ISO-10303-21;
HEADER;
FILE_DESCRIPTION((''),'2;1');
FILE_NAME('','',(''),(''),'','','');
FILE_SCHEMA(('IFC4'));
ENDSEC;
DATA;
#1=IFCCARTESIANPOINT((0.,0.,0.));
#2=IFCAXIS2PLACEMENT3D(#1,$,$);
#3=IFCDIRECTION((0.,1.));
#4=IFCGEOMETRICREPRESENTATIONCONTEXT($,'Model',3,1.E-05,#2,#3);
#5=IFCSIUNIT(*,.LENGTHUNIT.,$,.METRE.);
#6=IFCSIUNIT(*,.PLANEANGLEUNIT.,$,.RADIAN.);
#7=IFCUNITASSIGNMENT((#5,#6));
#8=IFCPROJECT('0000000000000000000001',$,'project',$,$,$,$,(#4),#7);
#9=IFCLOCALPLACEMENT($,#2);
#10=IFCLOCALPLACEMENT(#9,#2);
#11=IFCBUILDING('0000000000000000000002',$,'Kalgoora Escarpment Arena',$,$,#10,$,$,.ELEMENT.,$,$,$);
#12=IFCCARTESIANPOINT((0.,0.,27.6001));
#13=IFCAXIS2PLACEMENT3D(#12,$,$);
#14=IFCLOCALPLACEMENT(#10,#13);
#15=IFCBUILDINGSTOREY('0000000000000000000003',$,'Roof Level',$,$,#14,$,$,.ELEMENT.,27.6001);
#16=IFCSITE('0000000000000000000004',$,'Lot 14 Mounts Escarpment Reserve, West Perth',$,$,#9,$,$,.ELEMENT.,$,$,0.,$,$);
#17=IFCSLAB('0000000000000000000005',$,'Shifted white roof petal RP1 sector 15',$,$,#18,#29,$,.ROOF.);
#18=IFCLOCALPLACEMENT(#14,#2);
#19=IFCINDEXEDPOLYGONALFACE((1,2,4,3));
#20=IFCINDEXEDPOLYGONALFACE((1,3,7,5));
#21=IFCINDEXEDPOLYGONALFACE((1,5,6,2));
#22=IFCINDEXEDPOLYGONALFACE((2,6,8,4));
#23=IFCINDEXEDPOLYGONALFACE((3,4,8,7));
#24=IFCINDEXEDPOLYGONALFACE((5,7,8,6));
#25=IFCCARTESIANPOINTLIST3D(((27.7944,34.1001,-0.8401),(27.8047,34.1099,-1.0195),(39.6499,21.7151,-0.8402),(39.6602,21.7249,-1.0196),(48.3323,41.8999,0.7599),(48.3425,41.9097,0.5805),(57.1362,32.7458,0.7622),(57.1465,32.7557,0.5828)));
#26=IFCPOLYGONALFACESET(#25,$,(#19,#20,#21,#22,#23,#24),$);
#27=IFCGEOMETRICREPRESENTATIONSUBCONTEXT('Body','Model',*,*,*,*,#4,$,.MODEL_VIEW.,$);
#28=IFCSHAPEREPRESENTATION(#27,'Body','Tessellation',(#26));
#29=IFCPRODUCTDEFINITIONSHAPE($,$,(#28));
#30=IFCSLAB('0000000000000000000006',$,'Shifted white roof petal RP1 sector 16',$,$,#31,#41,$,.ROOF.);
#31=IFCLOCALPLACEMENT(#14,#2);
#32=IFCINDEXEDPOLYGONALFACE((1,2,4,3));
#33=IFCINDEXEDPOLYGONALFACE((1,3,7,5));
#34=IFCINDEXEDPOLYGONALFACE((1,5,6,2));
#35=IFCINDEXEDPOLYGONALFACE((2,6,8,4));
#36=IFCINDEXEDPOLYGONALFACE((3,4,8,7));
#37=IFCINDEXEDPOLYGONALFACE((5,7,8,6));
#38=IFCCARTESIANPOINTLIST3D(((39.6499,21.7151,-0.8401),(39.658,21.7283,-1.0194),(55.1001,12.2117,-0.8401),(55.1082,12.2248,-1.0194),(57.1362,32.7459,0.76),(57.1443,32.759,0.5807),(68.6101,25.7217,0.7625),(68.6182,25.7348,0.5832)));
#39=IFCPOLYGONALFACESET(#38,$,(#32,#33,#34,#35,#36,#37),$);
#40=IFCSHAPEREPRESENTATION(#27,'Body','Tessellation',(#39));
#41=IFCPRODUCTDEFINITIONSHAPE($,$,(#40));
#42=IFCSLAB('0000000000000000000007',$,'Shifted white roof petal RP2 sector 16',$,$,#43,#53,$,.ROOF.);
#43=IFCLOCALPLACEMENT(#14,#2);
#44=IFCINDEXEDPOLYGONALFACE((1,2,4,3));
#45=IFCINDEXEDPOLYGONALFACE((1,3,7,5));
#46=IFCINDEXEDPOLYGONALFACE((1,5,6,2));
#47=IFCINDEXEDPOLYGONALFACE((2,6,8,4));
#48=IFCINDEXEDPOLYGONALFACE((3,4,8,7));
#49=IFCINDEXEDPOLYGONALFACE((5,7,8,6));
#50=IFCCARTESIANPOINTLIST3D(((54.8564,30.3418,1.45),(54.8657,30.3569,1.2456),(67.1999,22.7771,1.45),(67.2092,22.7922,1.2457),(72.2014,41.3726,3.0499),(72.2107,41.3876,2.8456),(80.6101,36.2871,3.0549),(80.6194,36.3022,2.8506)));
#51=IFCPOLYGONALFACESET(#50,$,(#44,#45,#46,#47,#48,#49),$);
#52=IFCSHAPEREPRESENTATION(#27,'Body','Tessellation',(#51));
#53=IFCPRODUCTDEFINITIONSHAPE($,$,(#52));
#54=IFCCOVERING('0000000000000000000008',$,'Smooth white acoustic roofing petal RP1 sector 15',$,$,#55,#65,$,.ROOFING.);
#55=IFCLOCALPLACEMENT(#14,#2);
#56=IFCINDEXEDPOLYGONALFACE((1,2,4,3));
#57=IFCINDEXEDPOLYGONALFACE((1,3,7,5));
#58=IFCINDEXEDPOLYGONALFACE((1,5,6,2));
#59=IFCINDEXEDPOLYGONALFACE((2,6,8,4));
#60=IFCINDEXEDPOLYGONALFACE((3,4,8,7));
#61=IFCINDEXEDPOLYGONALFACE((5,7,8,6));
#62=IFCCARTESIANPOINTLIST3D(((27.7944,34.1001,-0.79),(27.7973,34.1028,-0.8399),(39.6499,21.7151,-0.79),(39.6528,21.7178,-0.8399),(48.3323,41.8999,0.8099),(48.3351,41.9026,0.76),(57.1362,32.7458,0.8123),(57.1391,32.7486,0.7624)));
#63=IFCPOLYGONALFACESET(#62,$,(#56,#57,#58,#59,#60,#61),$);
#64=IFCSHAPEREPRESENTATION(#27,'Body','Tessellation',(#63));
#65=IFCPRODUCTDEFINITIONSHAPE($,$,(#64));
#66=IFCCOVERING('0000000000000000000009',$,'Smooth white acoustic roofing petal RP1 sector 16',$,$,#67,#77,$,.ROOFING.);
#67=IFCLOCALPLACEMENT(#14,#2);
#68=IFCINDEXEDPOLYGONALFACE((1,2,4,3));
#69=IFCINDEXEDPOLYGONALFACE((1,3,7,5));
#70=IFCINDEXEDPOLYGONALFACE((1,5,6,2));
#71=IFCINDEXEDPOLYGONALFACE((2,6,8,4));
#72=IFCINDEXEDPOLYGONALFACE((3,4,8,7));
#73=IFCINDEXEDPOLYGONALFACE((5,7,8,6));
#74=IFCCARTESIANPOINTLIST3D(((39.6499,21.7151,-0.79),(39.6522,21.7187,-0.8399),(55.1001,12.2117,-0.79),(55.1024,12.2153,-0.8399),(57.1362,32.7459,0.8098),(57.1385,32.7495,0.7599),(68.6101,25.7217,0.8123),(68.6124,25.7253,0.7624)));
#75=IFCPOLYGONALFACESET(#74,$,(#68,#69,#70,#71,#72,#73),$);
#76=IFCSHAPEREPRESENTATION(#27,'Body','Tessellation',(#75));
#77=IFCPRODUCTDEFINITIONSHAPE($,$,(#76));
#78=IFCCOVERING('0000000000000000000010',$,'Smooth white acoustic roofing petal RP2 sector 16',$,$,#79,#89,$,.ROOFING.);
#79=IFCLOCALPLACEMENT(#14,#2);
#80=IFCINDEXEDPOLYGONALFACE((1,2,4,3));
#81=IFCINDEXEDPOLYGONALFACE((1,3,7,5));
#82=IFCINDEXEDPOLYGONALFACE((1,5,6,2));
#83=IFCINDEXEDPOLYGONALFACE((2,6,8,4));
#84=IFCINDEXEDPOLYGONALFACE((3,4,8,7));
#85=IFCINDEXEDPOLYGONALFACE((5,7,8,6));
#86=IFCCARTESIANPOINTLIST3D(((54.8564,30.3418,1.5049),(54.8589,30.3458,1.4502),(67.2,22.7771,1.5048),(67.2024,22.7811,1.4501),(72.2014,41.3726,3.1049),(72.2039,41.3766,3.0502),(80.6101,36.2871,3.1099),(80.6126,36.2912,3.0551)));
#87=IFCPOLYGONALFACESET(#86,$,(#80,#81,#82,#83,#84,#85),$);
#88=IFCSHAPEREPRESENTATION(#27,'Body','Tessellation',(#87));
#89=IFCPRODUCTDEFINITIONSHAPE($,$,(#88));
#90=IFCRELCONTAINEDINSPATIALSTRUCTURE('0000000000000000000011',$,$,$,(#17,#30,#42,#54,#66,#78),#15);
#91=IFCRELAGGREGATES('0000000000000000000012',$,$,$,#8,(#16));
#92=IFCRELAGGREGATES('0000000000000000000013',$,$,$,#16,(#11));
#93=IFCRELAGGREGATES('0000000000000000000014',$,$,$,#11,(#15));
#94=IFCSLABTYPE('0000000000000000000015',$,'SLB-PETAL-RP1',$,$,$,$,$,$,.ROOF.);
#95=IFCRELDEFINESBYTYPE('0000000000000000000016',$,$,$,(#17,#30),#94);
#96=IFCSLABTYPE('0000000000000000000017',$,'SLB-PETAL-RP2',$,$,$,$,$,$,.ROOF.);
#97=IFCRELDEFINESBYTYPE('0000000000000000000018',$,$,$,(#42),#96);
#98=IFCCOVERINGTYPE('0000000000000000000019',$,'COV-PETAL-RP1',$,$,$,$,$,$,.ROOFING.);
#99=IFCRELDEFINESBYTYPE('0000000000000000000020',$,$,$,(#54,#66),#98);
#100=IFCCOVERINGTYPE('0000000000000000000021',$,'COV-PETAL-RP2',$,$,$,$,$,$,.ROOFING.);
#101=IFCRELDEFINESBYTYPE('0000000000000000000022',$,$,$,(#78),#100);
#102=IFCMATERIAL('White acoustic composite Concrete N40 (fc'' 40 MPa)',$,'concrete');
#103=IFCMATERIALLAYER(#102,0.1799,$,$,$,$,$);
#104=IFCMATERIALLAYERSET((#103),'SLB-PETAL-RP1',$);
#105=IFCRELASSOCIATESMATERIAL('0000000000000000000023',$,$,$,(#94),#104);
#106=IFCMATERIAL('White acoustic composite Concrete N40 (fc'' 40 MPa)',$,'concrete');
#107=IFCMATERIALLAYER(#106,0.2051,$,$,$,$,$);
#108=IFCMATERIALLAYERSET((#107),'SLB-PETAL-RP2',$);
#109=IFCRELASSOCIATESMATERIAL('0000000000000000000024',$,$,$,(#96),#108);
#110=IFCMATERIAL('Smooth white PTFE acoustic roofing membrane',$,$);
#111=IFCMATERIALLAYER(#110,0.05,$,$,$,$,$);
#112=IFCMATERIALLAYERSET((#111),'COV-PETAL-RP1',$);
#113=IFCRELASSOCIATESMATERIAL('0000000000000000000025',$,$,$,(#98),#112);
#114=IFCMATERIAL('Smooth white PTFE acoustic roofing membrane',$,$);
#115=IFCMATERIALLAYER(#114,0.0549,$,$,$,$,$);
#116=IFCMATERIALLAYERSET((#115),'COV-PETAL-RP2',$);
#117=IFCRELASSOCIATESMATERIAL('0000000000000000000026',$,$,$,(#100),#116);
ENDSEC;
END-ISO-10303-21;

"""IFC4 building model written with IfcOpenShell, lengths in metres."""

from ifc_helpers import new_model, si_unit, direction, frame, origin, place, context, subcontext, project, spatial, polyline, outline, extrude, material, layer, layer_set, type_object, element, save


model = new_model("IFC4")

# Units and contexts
model_context = context("Model", 3, precision=1e-05, world=origin(), true_north=direction((0.0, 1.0)))
body_context = subcontext(model_context, "Body", "Model", "MODEL_VIEW")
ifc_project = project(units=[si_unit("LENGTHUNIT", "METRE"), si_unit("PLANEANGLEUNIT", "RADIAN")], contexts=[model_context])

# Site, building, storey
site_placement = place(None, origin())
site = spatial("IfcSite", under=ifc_project, at=site_placement, Name="Lot 14 Mounts Escarpment Reserve, West Perth", CompositionType="ELEMENT", RefElevation=0.0)
building_placement = place(site_placement, origin())
building = spatial("IfcBuilding", under=site, at=building_placement, Name="Kalgoora Escarpment Arena", CompositionType="ELEMENT")
storey_placement = place(building_placement, frame((0.0, 0.0, 27.6001)))
storey = spatial("IfcBuildingStorey", under=building, at=storey_placement, Name="Roof Level", CompositionType="ELEMENT", Elevation=27.6001)

# Slabs
ifc_material_1 = material(Name="White acoustic composite Concrete N40 (fc' 40 MPa)", Category="concrete")
ifc_layer_1 = layer(ifc_material_1, 0.1799)
ifc_layer_set_1 = layer_set([ifc_layer_1], Name="SLB-PETAL-RP1")
slab_type_1 = type_object("IfcSlabType", Name="SLB-PETAL-RP1", PredefinedType="ROOF", material=ifc_layer_set_1)
slab_1_placement = place(storey_placement, frame((27.7944, 34.1001, -0.8401), z_axis=(-0.056955, -0.054527, 0.996887), x_axis=(0.691495, -0.722381, -0.000005)))
element("IfcSlab", 1, at=slab_1_placement, inside=storey, type_object=slab_type_1, Name="Shifted white roof petal RP1 sector 15", PredefinedType="ROOF", context=body_context, shape_type="SweptSolid", body=[
    extrude(outline(polyline([(0.0, 0.0), (17.1447, 0.0), (21.268, 20.3228), (8.5674, 20.2929), (0.0, 0.0)])), origin(), (0.0, 0.0, -1.0), 0.1799),
])
slab_2_placement = place(storey_placement, frame((39.6499, 21.7151, -0.8401), z_axis=(-0.045008, -0.073173, 0.996303), x_axis=(0.851766, -0.523922, 0.0)))
element("IfcSlab", 2, at=slab_2_placement, inside=storey, type_object=slab_type_1, Name="Shifted white roof petal RP1 sector 16", PredefinedType="ROOF", context=body_context, shape_type="SweptSolid", body=[
    extrude(outline(polyline([(0.0, 0.0), (18.139, 0.0), (22.5682, 18.6545), (9.115, 18.626), (0.0, 0.0)])), origin(), (0.0, 0.0, -1.0), 0.1799),
])
ifc_material_2 = material(Name="White acoustic composite Concrete N40 (fc' 40 MPa)", Category="concrete")
ifc_layer_2 = layer(ifc_material_2, 0.2051)
ifc_layer_set_2 = layer_set([ifc_layer_2], Name="SLB-PETAL-RP2")
slab_type_2 = type_object("IfcSlabType", Name="SLB-PETAL-RP2", PredefinedType="ROOF", material=ifc_layer_set_2)
slab_3_placement = place(storey_placement, frame((54.8564, 30.3418, 1.45), z_axis=(-0.045101, -0.073583, 0.996269), x_axis=(0.852622, -0.522528, 0.000005)))
element("IfcSlab", 3, at=slab_3_placement, inside=storey, type_object=slab_type_2, Name="Shifted white roof petal RP2 sector 16", PredefinedType="ROOF", context=body_context, shape_type="SweptSolid", body=[
    extrude(outline(polyline([(0.0, 0.0), (14.4771, 0.0), (18.8515, 18.5955), (9.0248, 18.5375), (0.0, 0.0)])), origin(), (0.0, 0.0, -1.0), 0.2051),
])

# Coverings
ifc_material_3 = material(Name="Smooth white PTFE acoustic roofing membrane")
ifc_layer_3 = layer(ifc_material_3, 0.05)
ifc_layer_set_3 = layer_set([ifc_layer_3], Name="COV-PETAL-RP1")
covering_type_1 = type_object("IfcCoveringType", Name="COV-PETAL-RP1", PredefinedType="ROOFING", material=ifc_layer_set_3)
covering_1_placement = place(storey_placement, frame((27.7944, 34.1001, -0.79), z_axis=(-0.056954, -0.054515, 0.996887), x_axis=(0.691495, -0.722382, 0.000003)))
element("IfcCovering", 4, at=covering_1_placement, inside=storey, type_object=covering_type_1, Name="Smooth white acoustic roofing petal RP1 sector 15", PredefinedType="ROOFING", context=body_context, shape_type="SweptSolid", body=[
    extrude(outline(polyline([(0.0, 0.0), (17.1447, 0.0), (21.268, 20.3228), (8.5674, 20.2928), (0.0, 0.0)])), origin(), (0.0, 0.0, -1.0), 0.05),
])
covering_2_placement = place(storey_placement, frame((39.6499, 21.7151, -0.79), z_axis=(-0.045001, -0.073162, 0.996304), x_axis=(0.851766, -0.523922, 0.0)))
element("IfcCovering", 5, at=covering_2_placement, inside=storey, type_object=covering_type_1, Name="Smooth white acoustic roofing petal RP1 sector 16", PredefinedType="ROOFING", context=body_context, shape_type="SweptSolid", body=[
    extrude(outline(polyline([(0.0, 0.0), (18.139, 0.0), (22.5682, 18.6545), (9.115, 18.6259), (0.0, 0.0)])), origin(), (0.0, 0.0, -1.0), 0.05),
])
ifc_material_4 = material(Name="Smooth white PTFE acoustic roofing membrane")
ifc_layer_4 = layer(ifc_material_4, 0.0549)
ifc_layer_set_4 = layer_set([ifc_layer_4], Name="COV-PETAL-RP2")
covering_type_2 = type_object("IfcCoveringType", Name="COV-PETAL-RP2", PredefinedType="ROOFING", material=ifc_layer_set_4)
covering_3_placement = place(storey_placement, frame((54.8564, 30.3418, 1.5049), z_axis=(-0.045098, -0.073597, 0.996268), x_axis=(0.852622, -0.522528, -0.000005)))
element("IfcCovering", 6, at=covering_3_placement, inside=storey, type_object=covering_type_2, Name="Smooth white acoustic roofing petal RP2 sector 16", PredefinedType="ROOFING", context=body_context, shape_type="SweptSolid", body=[
    extrude(outline(polyline([(0.0, 0.0), (14.4771, 0.0), (18.8515, 18.5955), (9.0248, 18.5375), (0.0, 0.0)])), origin(), (0.0, 0.0, -1.0), 0.0549),
])

save(model, "model.ifc")
